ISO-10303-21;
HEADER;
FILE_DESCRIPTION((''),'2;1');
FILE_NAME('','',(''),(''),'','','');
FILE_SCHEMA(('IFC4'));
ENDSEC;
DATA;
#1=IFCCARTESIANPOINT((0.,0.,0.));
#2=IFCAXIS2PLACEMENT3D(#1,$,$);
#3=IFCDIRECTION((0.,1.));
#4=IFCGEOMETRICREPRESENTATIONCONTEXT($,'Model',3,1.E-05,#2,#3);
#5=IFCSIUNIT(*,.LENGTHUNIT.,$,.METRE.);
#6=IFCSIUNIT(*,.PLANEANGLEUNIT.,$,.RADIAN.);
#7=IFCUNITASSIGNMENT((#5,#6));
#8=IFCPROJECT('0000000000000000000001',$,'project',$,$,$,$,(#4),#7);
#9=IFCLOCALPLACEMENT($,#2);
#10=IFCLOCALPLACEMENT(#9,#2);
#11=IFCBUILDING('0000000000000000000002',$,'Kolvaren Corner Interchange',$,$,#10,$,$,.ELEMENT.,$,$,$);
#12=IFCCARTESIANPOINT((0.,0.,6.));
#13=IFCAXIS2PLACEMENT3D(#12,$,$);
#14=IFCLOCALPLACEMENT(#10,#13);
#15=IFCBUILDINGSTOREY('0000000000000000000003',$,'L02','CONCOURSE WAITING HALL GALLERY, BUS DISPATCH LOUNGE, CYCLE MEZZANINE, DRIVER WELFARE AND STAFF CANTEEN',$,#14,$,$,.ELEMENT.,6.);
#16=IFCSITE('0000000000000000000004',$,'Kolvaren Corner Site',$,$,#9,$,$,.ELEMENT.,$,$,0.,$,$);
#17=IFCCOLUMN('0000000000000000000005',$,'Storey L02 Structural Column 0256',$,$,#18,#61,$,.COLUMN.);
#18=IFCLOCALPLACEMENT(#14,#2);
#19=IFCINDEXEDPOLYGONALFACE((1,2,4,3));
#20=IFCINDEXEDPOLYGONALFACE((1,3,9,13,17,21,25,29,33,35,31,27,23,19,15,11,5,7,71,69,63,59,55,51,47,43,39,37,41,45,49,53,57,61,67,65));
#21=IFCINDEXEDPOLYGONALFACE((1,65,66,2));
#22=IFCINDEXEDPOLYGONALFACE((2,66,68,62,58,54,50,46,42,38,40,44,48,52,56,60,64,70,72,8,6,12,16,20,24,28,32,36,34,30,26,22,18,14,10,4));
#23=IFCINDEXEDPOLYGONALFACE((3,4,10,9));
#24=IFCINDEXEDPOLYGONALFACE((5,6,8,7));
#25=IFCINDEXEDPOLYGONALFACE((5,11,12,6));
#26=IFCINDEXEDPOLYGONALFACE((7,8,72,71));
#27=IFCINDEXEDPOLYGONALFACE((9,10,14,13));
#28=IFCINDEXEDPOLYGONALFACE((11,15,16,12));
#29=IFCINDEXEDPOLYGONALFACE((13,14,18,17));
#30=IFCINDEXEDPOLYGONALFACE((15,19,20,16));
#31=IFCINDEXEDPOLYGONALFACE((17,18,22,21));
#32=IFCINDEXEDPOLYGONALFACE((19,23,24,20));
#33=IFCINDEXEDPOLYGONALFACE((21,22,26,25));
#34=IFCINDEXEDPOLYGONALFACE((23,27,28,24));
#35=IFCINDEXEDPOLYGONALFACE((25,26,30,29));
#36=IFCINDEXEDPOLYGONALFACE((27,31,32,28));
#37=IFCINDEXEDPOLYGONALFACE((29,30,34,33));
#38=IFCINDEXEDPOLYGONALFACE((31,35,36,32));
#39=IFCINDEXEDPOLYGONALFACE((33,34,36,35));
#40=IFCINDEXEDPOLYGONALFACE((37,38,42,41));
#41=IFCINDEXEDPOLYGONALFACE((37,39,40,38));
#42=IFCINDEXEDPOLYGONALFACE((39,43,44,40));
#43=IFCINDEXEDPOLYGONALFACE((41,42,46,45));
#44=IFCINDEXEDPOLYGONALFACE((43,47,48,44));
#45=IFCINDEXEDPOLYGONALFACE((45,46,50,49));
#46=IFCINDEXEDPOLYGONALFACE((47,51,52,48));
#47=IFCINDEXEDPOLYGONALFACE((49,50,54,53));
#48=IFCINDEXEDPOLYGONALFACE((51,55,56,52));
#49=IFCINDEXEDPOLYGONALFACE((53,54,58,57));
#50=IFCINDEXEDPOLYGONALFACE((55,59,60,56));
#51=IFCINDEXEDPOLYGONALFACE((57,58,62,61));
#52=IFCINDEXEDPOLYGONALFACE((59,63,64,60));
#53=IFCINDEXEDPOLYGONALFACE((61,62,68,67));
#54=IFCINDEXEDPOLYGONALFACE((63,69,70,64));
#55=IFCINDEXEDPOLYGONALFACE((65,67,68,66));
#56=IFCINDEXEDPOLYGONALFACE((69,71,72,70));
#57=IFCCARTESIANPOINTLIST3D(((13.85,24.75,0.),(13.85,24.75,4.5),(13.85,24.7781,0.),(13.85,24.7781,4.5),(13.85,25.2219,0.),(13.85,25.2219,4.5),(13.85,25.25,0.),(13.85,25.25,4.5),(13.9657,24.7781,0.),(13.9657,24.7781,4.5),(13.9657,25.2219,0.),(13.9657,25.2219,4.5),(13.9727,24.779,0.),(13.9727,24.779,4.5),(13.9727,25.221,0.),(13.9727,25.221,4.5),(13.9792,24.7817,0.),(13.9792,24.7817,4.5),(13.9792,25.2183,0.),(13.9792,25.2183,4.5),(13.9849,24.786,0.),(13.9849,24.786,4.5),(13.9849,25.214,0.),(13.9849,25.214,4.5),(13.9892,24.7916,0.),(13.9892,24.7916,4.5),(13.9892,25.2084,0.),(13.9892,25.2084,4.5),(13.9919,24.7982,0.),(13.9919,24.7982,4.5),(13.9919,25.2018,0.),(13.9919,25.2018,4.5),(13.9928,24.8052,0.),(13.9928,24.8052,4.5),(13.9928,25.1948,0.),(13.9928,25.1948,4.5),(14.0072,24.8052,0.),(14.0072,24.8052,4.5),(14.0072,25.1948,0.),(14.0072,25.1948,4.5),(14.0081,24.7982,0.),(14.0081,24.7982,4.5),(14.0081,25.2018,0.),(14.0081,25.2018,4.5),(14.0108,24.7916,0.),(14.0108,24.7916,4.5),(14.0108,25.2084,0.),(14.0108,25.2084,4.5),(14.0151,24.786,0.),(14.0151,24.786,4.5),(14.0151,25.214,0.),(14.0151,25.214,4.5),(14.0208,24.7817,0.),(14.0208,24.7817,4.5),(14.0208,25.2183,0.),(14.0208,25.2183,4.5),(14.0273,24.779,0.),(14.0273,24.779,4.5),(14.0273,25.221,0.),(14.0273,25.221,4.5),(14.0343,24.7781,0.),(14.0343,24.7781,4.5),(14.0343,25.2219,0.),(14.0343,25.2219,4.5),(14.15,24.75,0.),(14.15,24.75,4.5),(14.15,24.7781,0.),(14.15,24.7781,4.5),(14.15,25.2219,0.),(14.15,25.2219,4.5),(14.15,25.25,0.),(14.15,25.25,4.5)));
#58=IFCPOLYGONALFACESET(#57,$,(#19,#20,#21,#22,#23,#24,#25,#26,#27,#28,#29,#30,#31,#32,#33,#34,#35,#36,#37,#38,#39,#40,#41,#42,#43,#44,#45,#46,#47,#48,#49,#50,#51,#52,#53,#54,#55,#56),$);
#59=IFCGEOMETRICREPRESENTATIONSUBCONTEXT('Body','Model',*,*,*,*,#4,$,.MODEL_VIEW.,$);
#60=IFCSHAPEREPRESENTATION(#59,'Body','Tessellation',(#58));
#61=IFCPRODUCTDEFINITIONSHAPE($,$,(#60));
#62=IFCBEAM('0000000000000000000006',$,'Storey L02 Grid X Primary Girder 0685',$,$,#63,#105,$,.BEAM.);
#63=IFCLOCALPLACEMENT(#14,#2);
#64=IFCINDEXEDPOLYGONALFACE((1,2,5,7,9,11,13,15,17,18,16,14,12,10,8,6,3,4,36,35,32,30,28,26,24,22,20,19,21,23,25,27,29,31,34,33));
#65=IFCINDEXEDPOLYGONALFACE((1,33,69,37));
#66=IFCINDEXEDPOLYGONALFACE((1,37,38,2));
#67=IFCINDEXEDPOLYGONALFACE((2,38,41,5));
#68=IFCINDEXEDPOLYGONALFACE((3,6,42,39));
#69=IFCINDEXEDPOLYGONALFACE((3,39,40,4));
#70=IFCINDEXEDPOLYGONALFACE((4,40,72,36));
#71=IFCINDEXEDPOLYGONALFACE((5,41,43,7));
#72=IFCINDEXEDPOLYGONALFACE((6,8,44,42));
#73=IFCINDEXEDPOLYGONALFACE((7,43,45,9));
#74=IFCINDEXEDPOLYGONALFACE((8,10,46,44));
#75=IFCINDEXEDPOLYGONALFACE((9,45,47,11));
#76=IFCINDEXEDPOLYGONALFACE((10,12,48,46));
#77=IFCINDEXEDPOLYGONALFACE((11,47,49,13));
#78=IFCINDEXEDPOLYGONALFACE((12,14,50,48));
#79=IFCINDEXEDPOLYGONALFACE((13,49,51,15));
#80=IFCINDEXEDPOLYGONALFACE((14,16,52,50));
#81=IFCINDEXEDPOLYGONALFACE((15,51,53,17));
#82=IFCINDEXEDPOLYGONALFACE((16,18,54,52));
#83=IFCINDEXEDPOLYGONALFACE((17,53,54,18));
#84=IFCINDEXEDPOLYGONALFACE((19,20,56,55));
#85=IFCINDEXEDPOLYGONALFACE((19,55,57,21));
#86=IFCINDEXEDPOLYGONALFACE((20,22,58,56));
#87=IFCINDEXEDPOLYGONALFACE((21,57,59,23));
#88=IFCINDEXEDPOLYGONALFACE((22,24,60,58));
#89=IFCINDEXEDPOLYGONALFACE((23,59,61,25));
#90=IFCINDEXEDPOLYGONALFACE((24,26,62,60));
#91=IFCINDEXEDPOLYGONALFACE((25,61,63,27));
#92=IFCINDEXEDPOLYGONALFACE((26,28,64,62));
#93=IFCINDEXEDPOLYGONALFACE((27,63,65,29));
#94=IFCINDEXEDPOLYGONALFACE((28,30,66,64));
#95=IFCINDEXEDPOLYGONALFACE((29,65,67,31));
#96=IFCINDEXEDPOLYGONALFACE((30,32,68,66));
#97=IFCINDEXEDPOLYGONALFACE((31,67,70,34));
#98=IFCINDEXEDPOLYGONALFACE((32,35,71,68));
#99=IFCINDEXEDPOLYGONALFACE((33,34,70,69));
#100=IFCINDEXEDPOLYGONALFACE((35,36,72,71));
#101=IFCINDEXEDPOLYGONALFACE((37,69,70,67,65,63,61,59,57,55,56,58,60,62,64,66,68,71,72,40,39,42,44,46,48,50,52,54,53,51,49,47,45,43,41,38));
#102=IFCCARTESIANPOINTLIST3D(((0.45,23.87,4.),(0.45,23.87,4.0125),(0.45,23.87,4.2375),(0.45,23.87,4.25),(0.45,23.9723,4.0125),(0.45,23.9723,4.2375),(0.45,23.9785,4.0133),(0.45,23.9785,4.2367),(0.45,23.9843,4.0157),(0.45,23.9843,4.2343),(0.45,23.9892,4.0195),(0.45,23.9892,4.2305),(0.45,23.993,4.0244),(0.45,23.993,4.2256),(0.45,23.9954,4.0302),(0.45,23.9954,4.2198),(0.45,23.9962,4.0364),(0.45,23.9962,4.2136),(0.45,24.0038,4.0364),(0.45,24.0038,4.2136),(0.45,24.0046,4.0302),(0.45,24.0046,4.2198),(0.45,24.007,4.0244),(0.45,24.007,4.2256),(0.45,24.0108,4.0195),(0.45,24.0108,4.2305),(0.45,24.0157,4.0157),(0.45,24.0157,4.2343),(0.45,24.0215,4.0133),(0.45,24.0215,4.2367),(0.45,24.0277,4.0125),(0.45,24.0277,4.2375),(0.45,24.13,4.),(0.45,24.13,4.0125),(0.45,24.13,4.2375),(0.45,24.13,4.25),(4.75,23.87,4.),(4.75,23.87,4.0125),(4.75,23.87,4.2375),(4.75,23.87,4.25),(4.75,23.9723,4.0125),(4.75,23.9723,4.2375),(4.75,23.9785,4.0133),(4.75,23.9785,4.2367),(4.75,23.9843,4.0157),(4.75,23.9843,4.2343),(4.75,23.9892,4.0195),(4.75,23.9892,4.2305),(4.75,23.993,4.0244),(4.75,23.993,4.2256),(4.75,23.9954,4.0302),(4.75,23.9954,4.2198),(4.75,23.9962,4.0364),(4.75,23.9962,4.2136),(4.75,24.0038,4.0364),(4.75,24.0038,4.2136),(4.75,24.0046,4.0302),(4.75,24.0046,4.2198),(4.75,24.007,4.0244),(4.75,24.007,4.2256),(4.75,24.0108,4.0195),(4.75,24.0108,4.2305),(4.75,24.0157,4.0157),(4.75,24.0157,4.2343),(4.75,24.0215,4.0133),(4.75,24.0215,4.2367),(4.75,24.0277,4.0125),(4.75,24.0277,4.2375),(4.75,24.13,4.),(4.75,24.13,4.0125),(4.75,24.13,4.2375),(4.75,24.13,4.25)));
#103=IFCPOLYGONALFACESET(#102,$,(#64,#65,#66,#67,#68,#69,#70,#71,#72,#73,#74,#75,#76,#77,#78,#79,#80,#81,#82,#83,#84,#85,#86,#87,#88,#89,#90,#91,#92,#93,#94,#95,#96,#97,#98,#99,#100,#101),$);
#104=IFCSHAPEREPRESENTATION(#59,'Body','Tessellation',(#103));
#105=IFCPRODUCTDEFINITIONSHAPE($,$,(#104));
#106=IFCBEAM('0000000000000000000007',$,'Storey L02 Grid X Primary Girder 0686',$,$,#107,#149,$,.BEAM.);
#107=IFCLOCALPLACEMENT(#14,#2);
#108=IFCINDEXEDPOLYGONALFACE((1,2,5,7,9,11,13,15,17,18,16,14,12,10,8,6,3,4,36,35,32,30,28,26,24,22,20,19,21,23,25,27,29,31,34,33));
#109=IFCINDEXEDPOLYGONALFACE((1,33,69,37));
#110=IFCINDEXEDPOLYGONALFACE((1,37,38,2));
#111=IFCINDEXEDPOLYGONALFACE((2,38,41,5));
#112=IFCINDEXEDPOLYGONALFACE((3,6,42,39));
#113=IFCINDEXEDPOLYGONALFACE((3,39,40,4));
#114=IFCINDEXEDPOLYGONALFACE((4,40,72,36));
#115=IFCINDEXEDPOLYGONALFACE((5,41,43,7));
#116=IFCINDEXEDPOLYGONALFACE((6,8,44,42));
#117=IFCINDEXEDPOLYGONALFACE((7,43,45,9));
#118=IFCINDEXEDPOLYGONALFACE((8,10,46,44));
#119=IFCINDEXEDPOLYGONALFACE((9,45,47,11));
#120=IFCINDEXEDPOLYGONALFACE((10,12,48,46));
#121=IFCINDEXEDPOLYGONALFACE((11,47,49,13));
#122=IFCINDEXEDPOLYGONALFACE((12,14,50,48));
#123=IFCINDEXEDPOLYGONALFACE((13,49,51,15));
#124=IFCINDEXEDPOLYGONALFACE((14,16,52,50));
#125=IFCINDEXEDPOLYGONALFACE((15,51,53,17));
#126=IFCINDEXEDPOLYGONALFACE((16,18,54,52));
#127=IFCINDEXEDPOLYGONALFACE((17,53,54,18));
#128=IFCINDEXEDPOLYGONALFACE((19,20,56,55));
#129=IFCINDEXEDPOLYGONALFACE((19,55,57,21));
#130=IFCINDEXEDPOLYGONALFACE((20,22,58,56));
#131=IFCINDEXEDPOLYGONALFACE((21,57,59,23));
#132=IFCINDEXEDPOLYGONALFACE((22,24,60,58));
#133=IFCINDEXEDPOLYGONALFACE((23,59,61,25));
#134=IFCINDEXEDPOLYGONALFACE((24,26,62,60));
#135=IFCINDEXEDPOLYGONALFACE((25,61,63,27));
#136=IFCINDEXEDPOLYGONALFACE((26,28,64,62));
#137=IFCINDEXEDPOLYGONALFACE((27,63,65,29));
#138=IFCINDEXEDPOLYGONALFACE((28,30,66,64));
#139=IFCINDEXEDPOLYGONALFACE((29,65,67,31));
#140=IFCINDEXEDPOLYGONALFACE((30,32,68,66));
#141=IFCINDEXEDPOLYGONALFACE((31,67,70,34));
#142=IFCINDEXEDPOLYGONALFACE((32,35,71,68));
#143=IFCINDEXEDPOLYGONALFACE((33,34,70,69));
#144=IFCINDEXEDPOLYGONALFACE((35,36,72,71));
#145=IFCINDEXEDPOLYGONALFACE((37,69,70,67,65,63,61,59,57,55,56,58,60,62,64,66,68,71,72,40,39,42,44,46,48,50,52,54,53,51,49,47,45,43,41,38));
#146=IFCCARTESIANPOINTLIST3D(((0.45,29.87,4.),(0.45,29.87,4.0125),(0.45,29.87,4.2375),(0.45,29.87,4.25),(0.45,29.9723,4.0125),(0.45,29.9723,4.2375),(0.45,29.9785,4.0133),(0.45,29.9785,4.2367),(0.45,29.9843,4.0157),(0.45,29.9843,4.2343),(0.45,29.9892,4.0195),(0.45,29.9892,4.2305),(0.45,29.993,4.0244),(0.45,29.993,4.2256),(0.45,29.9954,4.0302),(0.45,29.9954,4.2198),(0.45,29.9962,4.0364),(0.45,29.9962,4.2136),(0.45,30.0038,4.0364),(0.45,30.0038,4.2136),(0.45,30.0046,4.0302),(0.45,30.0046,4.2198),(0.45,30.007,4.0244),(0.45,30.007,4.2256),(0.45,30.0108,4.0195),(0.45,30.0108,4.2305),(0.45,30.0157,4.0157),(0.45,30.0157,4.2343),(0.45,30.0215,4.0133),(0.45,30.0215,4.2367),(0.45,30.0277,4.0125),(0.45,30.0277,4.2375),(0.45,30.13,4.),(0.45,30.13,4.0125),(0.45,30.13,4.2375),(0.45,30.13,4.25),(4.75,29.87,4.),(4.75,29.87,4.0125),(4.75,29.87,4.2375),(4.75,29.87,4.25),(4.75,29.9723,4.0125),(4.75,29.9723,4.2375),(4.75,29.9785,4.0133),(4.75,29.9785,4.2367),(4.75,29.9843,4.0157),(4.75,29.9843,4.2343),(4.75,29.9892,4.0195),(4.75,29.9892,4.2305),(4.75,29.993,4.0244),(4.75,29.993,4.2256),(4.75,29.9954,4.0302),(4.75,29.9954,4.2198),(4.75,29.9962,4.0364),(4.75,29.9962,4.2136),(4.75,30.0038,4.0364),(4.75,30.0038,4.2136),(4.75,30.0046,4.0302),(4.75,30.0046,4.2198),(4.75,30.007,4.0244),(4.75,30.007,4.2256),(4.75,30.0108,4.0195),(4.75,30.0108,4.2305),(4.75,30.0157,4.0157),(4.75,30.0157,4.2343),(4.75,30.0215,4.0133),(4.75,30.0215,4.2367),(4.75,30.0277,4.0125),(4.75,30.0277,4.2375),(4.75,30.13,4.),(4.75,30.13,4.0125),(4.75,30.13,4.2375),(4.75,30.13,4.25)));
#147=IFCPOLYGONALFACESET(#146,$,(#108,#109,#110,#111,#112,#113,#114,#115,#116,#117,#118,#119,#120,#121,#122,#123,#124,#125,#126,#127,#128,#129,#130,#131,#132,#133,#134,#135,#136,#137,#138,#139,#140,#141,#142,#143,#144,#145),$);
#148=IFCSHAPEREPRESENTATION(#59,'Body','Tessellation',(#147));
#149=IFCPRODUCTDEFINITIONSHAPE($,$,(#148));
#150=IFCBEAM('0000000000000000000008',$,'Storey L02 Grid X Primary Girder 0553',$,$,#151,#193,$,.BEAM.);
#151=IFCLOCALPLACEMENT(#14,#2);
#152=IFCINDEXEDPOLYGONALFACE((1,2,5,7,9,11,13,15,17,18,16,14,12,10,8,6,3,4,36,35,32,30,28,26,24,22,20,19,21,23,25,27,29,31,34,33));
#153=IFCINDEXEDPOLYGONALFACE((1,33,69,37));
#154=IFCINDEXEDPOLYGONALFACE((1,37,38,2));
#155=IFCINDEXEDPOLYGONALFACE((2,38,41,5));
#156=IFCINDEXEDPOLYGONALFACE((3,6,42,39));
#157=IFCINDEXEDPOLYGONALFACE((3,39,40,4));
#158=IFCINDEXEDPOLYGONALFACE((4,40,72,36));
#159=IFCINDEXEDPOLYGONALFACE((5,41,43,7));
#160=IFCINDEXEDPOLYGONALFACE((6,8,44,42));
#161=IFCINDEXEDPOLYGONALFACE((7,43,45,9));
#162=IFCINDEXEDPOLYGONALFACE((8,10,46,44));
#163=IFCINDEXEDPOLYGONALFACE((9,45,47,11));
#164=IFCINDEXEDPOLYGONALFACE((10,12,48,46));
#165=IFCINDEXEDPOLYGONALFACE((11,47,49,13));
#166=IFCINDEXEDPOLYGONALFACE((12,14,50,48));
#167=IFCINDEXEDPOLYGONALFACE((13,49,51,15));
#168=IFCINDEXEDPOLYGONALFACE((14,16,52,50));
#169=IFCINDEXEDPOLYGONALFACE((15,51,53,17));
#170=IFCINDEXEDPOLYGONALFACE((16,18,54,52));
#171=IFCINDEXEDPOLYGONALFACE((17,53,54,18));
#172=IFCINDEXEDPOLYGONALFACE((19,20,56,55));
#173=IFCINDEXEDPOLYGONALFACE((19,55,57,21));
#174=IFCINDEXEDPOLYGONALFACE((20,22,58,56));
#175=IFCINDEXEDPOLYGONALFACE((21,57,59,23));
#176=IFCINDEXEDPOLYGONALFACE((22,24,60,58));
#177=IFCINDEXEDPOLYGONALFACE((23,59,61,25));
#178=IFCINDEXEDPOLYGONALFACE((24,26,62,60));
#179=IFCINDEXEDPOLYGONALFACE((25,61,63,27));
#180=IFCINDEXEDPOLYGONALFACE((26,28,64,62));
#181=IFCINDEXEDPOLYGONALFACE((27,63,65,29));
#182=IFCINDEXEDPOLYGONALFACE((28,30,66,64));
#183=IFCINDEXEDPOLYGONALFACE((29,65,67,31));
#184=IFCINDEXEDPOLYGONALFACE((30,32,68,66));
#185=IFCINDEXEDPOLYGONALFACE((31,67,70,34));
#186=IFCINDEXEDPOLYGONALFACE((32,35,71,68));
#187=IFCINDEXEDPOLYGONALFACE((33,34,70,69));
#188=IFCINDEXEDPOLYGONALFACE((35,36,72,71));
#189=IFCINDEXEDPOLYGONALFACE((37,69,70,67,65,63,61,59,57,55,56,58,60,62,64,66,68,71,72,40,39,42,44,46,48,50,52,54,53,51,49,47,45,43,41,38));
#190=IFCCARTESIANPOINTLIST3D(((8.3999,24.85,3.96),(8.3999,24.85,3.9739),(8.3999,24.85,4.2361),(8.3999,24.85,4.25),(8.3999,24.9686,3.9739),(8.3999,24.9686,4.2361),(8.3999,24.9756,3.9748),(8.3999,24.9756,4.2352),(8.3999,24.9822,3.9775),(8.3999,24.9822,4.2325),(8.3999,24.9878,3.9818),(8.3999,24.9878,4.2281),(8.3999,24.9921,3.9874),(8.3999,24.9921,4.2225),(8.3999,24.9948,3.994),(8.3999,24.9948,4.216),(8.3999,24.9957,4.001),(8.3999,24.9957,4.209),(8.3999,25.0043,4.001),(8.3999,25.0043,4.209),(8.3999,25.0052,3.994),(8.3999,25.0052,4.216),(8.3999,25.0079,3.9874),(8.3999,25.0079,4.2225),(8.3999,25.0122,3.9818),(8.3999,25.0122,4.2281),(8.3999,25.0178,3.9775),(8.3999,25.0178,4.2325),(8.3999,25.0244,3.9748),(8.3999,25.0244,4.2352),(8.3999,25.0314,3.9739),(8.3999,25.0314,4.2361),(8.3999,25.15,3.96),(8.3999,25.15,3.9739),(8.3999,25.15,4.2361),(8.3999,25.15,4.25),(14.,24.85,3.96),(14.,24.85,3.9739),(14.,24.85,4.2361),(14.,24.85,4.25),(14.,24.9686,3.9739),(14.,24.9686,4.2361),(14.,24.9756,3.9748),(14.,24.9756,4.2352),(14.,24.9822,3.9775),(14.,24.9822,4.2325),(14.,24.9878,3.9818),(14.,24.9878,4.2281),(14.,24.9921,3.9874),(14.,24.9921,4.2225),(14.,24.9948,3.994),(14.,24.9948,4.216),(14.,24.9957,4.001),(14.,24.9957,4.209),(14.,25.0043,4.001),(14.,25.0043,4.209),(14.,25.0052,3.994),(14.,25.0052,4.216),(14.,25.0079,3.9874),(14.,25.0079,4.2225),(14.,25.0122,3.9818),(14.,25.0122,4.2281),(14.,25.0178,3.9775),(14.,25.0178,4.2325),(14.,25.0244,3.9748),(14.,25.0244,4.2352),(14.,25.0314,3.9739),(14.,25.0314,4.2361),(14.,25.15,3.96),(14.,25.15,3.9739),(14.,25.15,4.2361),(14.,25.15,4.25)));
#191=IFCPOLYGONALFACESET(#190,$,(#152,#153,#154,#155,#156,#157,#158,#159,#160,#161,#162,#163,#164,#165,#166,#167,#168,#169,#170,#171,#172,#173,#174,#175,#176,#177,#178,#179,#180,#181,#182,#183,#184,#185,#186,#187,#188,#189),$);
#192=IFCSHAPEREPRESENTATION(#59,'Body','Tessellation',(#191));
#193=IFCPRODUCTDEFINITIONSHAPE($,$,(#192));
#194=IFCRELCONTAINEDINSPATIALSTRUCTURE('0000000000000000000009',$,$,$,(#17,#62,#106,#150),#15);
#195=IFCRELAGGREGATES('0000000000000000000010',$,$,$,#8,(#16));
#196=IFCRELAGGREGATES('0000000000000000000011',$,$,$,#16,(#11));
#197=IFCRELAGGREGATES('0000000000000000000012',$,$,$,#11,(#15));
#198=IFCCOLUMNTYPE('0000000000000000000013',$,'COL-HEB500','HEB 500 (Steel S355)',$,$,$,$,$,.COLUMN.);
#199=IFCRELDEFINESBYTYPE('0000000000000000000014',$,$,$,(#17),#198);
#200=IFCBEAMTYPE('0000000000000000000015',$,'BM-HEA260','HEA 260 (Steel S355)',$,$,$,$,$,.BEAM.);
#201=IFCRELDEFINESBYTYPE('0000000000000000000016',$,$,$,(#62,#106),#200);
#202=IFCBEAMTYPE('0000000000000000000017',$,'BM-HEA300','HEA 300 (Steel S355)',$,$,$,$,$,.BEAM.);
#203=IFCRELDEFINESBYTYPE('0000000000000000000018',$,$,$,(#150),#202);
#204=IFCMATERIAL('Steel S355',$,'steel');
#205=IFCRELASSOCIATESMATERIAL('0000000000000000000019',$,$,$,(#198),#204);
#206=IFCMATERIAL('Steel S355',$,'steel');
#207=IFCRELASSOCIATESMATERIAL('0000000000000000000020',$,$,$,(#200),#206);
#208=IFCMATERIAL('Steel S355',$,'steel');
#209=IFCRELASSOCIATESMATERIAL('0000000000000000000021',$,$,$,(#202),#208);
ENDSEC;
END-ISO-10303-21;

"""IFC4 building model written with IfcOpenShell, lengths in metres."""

from ifc_helpers import new_model, si_unit, direction, frame, origin, origin_2d, place, context, subcontext, project, spatial, i_section, extrude, material, material_profile, profile_set, type_object, element, save


model = new_model("IFC4")

# Units and contexts
model_context = context("Model", 3, precision=1e-05, world=origin(), true_north=direction((0.0, 1.0)))
body_context = subcontext(model_context, "Body", "Model", "MODEL_VIEW")
ifc_project = project(units=[si_unit("LENGTHUNIT", "METRE"), si_unit("PLANEANGLEUNIT", "RADIAN")], contexts=[model_context])

# Site, building, storey
site_placement = place(None, origin())
site = spatial("IfcSite", under=ifc_project, at=site_placement, Name="Kolvaren Corner Site", CompositionType="ELEMENT", RefElevation=0.0)
building_placement = place(site_placement, origin())
building = spatial("IfcBuilding", under=site, at=building_placement, Name="Kolvaren Corner Interchange", CompositionType="ELEMENT")
storey_placement = place(building_placement, frame((0.0, 0.0, 6.0)))
storey = spatial("IfcBuildingStorey", under=building, at=storey_placement, Name="L02", Description="CONCOURSE WAITING HALL GALLERY, BUS DISPATCH LOUNGE, CYCLE MEZZANINE, DRIVER WELFARE AND STAFF CANTEEN", CompositionType="ELEMENT", Elevation=6.0)

# Column
ifc_material_1 = material(Name="Steel S355", Category="steel")
ifc_material_profile_1 = material_profile(ifc_material_1, i_section(OverallWidth=0.3, OverallDepth=0.5, WebThickness=0.0144, FlangeThickness=0.0281, FilletRadius=0.0271, at=origin_2d()), Name="HEB 500")
ifc_profile_set_1 = profile_set([ifc_material_profile_1], Name="Steel S355")
column_type = type_object("IfcColumnType", Name="COL-HEB500", Description="HEB 500 (Steel S355)", PredefinedType="COLUMN", material=ifc_profile_set_1)
for number, where, z_axis, x_axis, name in (
    (1, (14.0, 25.0, 0.0), (0.0, 0.0, 1.0), (1.0, 0.0, 0.0), "Storey L02 Structural Column 0256"),
):
    element("IfcColumn", number, at=place(storey_placement, frame(where, z_axis=z_axis, x_axis=x_axis)), inside=storey, type_object=column_type, Name=name, PredefinedType="COLUMN", context=body_context, shape_type="SweptSolid", body=[
        extrude(i_section(OverallWidth=0.3, OverallDepth=0.5, WebThickness=0.0144, FlangeThickness=0.0281, FilletRadius=0.0271, at=origin_2d()), origin(), (0.0, 0.0, 1.0), 4.5),
    ])

# Beams
ifc_material_2 = material(Name="Steel S355", Category="steel")
ifc_material_profile_2 = material_profile(ifc_material_2, i_section(OverallWidth=0.26, OverallDepth=0.25, WebThickness=0.0076, FlangeThickness=0.0125, FilletRadius=0.0239, at=origin_2d()), Name="HEA 260")
ifc_profile_set_2 = profile_set([ifc_material_profile_2], Name="Steel S355")
beam_type_1 = type_object("IfcBeamType", Name="BM-HEA260", Description="HEA 260 (Steel S355)", PredefinedType="BEAM", material=ifc_profile_set_2)
for number, where, z_axis, x_axis, name in (
    (2, (0.45, 24.0, 4.125), (1.0, 0.0, 0.0), (0.0, 1.0, 0.0), "Storey L02 Grid X Primary Girder 0685"),
    (3, (0.45, 30.0, 4.125), (1.0, 0.0, 0.0), (0.0, 1.0, 0.0), "Storey L02 Grid X Primary Girder 0686"),
):
    element("IfcBeam", number, at=place(storey_placement, frame(where, z_axis=z_axis, x_axis=x_axis)), inside=storey, type_object=beam_type_1, Name=name, PredefinedType="BEAM", context=body_context, shape_type="SweptSolid", body=[
        extrude(i_section(OverallWidth=0.26, OverallDepth=0.25, WebThickness=0.0076, FlangeThickness=0.0125, FilletRadius=0.0239, at=origin_2d()), origin(), (0.0, 0.0, 1.0), 4.3),
    ])
ifc_material_3 = material(Name="Steel S355", Category="steel")
ifc_material_profile_3 = material_profile(ifc_material_3, i_section(OverallWidth=0.3, OverallDepth=0.29, WebThickness=0.0085, FlangeThickness=0.0139, FilletRadius=0.0271, at=origin_2d()), Name="HEA 300")
ifc_profile_set_3 = profile_set([ifc_material_profile_3], Name="Steel S355")
beam_type_2 = type_object("IfcBeamType", Name="BM-HEA300", Description="HEA 300 (Steel S355)", PredefinedType="BEAM", material=ifc_profile_set_3)
beam_1_placement = place(storey_placement, frame((8.3999, 25.0, 4.105), z_axis=(1.0, 0.0, 0.0), x_axis=(0.0, 1.0, 0.0)))
element("IfcBeam", 4, at=beam_1_placement, inside=storey, type_object=beam_type_2, Name="Storey L02 Grid X Primary Girder 0553", PredefinedType="BEAM", context=body_context, shape_type="SweptSolid", body=[
    extrude(i_section(OverallWidth=0.3, OverallDepth=0.29, WebThickness=0.0085, FlangeThickness=0.0139, FilletRadius=0.0271, at=origin_2d()), origin(), (0.0, 0.0, 1.0), 5.6001),
])

save(model, "model.ifc")
